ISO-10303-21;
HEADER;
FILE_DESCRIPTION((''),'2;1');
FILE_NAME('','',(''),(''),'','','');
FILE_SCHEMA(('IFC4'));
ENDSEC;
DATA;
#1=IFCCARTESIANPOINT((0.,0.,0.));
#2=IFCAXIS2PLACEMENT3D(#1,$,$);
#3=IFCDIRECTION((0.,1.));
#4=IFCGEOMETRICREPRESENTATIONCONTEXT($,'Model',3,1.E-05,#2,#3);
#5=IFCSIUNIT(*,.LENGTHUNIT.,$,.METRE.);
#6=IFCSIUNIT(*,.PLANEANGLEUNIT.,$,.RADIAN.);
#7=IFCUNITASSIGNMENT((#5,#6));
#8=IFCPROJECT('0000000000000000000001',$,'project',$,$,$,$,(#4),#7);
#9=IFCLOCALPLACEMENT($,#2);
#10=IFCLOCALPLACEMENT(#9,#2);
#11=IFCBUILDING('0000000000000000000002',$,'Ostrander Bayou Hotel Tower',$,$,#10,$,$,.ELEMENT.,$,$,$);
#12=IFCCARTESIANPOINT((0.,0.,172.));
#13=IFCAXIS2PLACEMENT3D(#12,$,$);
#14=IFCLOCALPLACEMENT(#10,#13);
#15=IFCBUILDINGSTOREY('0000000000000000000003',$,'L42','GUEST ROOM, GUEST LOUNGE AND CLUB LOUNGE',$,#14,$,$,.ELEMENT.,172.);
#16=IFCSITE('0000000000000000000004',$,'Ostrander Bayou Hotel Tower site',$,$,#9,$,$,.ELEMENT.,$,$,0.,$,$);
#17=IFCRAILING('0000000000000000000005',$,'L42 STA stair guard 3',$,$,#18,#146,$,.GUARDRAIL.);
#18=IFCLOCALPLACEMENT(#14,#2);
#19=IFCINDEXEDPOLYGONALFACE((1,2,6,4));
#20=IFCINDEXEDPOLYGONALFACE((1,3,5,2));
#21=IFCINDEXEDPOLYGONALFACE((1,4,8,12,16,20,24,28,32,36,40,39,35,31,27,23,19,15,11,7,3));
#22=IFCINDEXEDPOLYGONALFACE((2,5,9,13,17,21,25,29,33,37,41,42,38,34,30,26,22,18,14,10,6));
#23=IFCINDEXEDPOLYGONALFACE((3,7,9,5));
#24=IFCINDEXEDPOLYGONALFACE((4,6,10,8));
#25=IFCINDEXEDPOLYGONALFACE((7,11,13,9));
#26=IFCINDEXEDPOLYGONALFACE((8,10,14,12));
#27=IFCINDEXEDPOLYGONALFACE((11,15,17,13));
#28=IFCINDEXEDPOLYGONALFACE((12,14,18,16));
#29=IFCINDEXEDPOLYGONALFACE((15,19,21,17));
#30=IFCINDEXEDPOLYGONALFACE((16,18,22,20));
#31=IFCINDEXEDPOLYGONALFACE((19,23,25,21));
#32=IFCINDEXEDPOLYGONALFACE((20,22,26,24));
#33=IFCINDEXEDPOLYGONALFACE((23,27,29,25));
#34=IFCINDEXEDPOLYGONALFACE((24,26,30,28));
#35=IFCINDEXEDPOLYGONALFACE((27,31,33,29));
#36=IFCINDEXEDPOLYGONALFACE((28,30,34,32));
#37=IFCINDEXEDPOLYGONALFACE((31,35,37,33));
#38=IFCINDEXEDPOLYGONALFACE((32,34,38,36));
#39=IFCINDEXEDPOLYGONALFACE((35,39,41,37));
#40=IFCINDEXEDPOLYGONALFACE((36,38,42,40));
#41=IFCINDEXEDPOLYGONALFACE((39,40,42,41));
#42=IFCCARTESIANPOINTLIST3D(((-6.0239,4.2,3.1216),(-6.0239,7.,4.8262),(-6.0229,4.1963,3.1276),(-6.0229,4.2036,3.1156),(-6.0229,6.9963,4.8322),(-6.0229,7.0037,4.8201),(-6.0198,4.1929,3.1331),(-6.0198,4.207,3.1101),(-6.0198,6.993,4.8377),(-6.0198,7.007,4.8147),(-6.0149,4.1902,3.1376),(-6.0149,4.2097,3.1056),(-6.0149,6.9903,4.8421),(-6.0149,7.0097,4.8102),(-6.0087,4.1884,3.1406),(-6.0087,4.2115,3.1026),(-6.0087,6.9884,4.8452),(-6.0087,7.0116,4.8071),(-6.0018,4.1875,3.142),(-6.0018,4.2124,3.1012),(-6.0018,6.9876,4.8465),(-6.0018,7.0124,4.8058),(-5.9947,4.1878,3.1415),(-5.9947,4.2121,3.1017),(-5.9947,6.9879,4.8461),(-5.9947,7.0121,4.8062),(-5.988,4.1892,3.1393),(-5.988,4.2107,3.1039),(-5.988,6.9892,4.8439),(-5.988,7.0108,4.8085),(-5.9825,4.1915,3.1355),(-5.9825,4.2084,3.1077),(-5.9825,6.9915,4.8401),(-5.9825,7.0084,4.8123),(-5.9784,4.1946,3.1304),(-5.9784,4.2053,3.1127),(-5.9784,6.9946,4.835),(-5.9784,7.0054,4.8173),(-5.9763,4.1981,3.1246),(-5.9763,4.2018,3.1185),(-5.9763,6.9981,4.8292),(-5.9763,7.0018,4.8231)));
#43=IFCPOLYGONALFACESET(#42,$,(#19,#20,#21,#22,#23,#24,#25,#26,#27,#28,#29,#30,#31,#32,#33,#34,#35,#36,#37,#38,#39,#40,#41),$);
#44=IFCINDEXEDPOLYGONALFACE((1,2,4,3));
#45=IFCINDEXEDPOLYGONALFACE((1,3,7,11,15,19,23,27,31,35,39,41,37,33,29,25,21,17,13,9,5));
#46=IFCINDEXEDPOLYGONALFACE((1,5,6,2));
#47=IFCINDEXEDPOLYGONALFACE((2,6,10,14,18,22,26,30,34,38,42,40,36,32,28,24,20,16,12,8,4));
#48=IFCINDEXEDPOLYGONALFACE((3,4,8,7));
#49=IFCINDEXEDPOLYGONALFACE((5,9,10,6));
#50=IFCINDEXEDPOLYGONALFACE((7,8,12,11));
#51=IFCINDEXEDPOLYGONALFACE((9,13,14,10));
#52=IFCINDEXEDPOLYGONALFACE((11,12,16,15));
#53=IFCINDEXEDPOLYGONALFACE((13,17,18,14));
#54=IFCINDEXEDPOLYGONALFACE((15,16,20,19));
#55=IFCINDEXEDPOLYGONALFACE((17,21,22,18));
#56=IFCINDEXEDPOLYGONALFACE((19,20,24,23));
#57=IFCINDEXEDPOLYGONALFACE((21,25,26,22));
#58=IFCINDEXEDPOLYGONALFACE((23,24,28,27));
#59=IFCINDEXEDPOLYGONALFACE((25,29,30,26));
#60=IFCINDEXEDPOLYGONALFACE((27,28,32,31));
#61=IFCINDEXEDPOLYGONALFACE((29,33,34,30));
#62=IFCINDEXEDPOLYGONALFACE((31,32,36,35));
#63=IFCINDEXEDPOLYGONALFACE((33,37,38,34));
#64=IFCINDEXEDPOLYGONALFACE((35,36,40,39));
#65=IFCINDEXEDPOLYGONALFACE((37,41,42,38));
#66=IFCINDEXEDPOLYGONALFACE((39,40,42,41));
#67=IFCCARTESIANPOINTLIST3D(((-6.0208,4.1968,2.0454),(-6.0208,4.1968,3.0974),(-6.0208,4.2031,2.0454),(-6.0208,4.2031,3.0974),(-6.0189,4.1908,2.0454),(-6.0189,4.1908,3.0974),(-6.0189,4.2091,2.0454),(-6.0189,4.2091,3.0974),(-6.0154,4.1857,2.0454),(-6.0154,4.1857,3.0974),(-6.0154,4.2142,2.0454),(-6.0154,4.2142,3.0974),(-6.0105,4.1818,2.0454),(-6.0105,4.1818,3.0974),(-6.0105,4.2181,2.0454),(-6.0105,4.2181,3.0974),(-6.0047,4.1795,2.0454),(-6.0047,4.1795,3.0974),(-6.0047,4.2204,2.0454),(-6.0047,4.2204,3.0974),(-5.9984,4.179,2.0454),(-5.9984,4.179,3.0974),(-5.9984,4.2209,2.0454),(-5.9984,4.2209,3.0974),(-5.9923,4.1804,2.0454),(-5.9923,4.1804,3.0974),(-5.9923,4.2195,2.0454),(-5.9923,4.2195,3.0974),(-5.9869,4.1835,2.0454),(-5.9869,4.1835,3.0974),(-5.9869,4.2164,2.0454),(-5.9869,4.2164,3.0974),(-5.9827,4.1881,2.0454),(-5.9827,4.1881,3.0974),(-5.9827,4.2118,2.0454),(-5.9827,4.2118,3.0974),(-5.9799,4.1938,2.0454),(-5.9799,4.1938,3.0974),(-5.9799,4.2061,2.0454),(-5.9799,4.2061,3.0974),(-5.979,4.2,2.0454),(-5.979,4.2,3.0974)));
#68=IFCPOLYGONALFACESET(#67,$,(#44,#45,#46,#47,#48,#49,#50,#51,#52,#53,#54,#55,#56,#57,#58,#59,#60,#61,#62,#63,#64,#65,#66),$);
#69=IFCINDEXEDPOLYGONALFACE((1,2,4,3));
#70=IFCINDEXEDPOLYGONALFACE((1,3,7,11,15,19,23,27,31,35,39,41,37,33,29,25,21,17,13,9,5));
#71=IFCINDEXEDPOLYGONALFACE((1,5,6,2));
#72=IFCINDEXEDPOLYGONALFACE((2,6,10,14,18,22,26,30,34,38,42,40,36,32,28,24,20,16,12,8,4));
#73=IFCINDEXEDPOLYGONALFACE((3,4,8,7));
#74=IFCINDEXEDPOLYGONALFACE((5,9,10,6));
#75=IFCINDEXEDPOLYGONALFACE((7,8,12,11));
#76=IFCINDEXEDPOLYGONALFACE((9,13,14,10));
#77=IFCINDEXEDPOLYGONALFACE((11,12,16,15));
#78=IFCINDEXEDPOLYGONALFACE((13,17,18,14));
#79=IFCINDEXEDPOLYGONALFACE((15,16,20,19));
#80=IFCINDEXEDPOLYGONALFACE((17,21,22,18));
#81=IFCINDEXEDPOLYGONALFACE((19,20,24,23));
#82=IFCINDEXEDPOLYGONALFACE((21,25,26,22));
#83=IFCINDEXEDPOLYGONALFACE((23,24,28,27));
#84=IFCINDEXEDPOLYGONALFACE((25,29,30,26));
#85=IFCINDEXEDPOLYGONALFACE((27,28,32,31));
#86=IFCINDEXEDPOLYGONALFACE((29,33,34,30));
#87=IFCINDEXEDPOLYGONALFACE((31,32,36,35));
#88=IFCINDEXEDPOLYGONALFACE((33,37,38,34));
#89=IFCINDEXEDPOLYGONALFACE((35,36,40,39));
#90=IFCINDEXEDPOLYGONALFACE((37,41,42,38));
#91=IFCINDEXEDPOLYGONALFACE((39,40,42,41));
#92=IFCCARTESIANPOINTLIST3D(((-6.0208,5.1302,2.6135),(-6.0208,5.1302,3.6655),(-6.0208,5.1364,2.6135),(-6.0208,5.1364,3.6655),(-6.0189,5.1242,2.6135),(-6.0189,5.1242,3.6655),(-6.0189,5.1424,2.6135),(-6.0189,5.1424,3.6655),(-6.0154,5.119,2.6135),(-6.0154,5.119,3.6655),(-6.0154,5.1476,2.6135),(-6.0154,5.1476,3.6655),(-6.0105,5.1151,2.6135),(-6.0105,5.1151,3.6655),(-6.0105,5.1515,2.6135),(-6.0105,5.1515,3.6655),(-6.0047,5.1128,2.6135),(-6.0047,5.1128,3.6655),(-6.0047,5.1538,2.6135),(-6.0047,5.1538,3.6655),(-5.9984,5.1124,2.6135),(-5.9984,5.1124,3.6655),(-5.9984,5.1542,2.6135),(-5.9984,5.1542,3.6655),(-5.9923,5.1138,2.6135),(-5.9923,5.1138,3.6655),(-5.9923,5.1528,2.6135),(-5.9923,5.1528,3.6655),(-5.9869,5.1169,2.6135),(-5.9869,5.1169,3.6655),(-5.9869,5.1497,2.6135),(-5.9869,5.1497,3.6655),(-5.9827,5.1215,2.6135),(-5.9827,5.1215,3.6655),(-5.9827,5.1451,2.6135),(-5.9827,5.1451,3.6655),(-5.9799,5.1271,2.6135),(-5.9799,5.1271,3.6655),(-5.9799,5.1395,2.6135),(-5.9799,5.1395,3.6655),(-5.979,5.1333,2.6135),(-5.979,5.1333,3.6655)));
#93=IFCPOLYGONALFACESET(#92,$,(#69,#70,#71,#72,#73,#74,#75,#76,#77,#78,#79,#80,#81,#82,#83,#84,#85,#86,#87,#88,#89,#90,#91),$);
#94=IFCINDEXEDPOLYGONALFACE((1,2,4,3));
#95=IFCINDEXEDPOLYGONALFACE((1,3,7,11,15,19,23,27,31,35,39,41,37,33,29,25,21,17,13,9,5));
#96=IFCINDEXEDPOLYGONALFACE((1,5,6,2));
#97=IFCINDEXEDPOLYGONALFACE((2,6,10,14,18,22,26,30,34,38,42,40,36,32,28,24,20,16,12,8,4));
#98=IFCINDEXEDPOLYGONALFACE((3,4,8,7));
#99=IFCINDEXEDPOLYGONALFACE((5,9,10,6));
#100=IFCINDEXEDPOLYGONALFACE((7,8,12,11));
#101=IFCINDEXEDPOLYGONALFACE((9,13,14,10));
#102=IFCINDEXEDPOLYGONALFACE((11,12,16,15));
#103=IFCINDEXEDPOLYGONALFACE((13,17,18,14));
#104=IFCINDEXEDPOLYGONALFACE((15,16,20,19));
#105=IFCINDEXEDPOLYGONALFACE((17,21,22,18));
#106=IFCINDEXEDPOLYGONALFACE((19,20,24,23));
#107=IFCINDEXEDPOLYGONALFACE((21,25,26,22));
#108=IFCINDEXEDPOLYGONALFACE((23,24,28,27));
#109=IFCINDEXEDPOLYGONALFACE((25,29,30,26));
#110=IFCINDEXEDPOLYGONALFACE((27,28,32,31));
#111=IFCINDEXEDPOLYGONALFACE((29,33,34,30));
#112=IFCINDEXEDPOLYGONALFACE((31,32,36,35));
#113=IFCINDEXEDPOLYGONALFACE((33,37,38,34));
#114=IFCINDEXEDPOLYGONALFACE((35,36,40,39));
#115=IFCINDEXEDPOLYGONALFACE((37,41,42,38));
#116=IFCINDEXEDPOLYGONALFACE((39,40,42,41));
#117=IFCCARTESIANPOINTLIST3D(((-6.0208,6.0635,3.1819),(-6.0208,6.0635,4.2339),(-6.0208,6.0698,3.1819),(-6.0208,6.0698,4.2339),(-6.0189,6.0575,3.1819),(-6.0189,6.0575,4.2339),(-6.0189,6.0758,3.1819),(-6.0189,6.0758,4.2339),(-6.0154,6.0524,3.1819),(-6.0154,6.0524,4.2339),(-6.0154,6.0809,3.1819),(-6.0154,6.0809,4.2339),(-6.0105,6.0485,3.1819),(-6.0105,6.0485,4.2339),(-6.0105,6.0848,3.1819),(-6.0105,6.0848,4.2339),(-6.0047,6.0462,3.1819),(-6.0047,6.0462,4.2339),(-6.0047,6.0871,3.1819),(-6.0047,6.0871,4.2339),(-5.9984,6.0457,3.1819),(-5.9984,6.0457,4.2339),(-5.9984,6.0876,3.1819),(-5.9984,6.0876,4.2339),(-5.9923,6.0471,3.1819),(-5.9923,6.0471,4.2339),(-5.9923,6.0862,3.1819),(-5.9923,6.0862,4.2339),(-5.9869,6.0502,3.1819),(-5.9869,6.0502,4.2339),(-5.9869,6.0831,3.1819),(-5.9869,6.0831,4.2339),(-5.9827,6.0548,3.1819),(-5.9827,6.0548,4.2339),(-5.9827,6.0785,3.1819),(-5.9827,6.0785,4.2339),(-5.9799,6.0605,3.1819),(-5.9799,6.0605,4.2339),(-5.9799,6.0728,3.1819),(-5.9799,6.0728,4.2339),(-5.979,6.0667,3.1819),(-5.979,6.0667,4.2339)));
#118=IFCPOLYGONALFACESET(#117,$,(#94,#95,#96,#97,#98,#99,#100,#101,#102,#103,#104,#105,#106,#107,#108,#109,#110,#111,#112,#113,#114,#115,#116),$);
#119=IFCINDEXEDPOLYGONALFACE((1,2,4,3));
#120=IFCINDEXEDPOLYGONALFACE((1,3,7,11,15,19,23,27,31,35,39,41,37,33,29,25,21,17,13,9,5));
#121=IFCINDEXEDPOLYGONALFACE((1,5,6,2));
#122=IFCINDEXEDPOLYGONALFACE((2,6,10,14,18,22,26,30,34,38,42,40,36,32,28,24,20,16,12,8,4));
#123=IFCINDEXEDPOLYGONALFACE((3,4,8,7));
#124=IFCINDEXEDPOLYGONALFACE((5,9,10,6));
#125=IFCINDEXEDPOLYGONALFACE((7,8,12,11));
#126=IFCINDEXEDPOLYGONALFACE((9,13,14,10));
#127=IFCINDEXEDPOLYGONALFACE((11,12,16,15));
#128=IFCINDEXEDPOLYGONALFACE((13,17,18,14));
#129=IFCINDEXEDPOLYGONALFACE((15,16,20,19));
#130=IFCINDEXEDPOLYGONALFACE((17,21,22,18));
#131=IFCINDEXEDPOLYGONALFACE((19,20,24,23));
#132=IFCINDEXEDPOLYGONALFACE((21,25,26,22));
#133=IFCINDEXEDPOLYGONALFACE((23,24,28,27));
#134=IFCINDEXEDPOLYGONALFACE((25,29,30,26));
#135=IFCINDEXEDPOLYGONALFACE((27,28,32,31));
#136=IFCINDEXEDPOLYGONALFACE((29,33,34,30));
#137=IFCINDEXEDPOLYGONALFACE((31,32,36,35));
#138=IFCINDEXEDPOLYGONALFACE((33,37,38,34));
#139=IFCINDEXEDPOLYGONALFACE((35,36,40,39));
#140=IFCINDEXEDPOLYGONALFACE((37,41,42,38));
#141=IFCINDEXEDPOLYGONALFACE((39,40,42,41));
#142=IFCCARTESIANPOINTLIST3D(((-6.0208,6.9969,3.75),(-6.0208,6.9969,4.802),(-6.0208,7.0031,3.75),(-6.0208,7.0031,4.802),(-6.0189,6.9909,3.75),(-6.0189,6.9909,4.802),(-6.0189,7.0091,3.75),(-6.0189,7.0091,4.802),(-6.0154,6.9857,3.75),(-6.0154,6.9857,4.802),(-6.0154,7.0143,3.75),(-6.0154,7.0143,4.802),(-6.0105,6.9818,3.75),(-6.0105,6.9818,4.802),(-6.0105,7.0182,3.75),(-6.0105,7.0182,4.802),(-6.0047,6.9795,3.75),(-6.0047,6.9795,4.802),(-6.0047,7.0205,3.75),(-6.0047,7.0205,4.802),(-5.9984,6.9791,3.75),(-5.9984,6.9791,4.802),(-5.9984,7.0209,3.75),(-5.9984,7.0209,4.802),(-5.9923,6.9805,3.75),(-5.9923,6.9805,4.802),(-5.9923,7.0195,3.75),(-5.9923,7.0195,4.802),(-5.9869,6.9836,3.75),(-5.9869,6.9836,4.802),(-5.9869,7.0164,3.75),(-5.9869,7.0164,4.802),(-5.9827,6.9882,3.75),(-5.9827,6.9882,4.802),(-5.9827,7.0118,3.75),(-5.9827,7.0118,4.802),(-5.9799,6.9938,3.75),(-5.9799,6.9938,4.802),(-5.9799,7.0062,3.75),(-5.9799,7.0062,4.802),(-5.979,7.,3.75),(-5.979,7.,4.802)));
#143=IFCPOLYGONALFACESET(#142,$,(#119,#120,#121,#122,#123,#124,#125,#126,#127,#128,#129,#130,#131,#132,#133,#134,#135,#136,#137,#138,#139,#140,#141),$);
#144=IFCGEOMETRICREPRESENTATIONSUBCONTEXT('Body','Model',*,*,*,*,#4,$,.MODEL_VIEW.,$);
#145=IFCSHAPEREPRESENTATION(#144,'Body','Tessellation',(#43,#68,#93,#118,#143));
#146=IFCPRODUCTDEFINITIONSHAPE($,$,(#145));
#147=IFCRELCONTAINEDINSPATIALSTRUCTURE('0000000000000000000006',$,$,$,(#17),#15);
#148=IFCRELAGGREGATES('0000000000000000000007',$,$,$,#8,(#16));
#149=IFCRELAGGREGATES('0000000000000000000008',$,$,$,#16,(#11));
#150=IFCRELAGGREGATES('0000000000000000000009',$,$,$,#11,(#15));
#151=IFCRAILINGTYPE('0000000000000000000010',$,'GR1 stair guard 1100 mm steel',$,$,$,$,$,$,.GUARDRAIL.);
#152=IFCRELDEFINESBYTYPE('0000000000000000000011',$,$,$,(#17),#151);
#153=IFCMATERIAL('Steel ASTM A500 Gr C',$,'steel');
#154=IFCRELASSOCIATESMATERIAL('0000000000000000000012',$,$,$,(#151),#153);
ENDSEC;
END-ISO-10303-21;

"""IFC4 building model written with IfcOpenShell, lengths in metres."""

from ifc_helpers import new_model, si_unit, direction, frame, origin, origin_2d, place, context, subcontext, project, spatial, circle, extrude, material, type_object, element, save


model = new_model("IFC4")

# Units and contexts
model_context = context("Model", 3, precision=1e-05, world=origin(), true_north=direction((0.0, 1.0)))
body_context = subcontext(model_context, "Body", "Model", "MODEL_VIEW")
ifc_project = project(units=[si_unit("LENGTHUNIT", "METRE"), si_unit("PLANEANGLEUNIT", "RADIAN")], contexts=[model_context])

# Site, building, storey
site_placement = place(None, origin())
site = spatial("IfcSite", under=ifc_project, at=site_placement, Name="Ostrander Bayou Hotel Tower site", CompositionType="ELEMENT", RefElevation=0.0)
building_placement = place(site_placement, origin())
building = spatial("IfcBuilding", under=site, at=building_placement, Name="Ostrander Bayou Hotel Tower", CompositionType="ELEMENT")
storey_placement = place(building_placement, frame((0.0, 0.0, 172.0)))
storey = spatial("IfcBuildingStorey", under=building, at=storey_placement, Name="L42", Description="GUEST ROOM, GUEST LOUNGE AND CLUB LOUNGE", CompositionType="ELEMENT", Elevation=172.0)

# Railing
ifc_material_1 = material(Name="Steel ASTM A500 Gr C", Category="steel")
railing_type_1 = type_object("IfcRailingType", Name="GR1 stair guard 1100 mm steel", PredefinedType="GUARDRAIL", material=ifc_material_1)
railing_1_placement = place(storey_placement, frame((-6.0, 4.2, 2.0454)))
element("IfcRailing", 1, at=railing_1_placement, inside=storey, type_object=railing_type_1, Name="L42 STA stair guard 3", PredefinedType="GUARDRAIL", context=body_context, shape_type="SweptSolid", body=[
    extrude(circle(Radius=0.0239, at=origin_2d()), frame((0.0, 0.0, 1.0762), z_axis=(0.0, 0.85417, 0.519994), x_axis=(-1.0, 0.0, 0.0)), (0.0, 0.0, 1.0), 3.2781),
    extrude(circle(Radius=0.021, at=origin_2d()), origin(), (0.0, 0.0, 1.0), 1.052),
    extrude(circle(Radius=0.021, at=origin_2d()), frame((0.0, 0.9333, 0.5681)), (0.0, 0.0, 1.0), 1.052),
    extrude(circle(Radius=0.021, at=origin_2d()), frame((0.0, 1.8667, 1.1365)), (0.0, 0.0, 1.0), 1.052),
    extrude(circle(Radius=0.021, at=origin_2d()), frame((0.0, 2.8, 1.7046)), (0.0, 0.0, 1.0), 1.052),
])

save(model, "model.ifc")
